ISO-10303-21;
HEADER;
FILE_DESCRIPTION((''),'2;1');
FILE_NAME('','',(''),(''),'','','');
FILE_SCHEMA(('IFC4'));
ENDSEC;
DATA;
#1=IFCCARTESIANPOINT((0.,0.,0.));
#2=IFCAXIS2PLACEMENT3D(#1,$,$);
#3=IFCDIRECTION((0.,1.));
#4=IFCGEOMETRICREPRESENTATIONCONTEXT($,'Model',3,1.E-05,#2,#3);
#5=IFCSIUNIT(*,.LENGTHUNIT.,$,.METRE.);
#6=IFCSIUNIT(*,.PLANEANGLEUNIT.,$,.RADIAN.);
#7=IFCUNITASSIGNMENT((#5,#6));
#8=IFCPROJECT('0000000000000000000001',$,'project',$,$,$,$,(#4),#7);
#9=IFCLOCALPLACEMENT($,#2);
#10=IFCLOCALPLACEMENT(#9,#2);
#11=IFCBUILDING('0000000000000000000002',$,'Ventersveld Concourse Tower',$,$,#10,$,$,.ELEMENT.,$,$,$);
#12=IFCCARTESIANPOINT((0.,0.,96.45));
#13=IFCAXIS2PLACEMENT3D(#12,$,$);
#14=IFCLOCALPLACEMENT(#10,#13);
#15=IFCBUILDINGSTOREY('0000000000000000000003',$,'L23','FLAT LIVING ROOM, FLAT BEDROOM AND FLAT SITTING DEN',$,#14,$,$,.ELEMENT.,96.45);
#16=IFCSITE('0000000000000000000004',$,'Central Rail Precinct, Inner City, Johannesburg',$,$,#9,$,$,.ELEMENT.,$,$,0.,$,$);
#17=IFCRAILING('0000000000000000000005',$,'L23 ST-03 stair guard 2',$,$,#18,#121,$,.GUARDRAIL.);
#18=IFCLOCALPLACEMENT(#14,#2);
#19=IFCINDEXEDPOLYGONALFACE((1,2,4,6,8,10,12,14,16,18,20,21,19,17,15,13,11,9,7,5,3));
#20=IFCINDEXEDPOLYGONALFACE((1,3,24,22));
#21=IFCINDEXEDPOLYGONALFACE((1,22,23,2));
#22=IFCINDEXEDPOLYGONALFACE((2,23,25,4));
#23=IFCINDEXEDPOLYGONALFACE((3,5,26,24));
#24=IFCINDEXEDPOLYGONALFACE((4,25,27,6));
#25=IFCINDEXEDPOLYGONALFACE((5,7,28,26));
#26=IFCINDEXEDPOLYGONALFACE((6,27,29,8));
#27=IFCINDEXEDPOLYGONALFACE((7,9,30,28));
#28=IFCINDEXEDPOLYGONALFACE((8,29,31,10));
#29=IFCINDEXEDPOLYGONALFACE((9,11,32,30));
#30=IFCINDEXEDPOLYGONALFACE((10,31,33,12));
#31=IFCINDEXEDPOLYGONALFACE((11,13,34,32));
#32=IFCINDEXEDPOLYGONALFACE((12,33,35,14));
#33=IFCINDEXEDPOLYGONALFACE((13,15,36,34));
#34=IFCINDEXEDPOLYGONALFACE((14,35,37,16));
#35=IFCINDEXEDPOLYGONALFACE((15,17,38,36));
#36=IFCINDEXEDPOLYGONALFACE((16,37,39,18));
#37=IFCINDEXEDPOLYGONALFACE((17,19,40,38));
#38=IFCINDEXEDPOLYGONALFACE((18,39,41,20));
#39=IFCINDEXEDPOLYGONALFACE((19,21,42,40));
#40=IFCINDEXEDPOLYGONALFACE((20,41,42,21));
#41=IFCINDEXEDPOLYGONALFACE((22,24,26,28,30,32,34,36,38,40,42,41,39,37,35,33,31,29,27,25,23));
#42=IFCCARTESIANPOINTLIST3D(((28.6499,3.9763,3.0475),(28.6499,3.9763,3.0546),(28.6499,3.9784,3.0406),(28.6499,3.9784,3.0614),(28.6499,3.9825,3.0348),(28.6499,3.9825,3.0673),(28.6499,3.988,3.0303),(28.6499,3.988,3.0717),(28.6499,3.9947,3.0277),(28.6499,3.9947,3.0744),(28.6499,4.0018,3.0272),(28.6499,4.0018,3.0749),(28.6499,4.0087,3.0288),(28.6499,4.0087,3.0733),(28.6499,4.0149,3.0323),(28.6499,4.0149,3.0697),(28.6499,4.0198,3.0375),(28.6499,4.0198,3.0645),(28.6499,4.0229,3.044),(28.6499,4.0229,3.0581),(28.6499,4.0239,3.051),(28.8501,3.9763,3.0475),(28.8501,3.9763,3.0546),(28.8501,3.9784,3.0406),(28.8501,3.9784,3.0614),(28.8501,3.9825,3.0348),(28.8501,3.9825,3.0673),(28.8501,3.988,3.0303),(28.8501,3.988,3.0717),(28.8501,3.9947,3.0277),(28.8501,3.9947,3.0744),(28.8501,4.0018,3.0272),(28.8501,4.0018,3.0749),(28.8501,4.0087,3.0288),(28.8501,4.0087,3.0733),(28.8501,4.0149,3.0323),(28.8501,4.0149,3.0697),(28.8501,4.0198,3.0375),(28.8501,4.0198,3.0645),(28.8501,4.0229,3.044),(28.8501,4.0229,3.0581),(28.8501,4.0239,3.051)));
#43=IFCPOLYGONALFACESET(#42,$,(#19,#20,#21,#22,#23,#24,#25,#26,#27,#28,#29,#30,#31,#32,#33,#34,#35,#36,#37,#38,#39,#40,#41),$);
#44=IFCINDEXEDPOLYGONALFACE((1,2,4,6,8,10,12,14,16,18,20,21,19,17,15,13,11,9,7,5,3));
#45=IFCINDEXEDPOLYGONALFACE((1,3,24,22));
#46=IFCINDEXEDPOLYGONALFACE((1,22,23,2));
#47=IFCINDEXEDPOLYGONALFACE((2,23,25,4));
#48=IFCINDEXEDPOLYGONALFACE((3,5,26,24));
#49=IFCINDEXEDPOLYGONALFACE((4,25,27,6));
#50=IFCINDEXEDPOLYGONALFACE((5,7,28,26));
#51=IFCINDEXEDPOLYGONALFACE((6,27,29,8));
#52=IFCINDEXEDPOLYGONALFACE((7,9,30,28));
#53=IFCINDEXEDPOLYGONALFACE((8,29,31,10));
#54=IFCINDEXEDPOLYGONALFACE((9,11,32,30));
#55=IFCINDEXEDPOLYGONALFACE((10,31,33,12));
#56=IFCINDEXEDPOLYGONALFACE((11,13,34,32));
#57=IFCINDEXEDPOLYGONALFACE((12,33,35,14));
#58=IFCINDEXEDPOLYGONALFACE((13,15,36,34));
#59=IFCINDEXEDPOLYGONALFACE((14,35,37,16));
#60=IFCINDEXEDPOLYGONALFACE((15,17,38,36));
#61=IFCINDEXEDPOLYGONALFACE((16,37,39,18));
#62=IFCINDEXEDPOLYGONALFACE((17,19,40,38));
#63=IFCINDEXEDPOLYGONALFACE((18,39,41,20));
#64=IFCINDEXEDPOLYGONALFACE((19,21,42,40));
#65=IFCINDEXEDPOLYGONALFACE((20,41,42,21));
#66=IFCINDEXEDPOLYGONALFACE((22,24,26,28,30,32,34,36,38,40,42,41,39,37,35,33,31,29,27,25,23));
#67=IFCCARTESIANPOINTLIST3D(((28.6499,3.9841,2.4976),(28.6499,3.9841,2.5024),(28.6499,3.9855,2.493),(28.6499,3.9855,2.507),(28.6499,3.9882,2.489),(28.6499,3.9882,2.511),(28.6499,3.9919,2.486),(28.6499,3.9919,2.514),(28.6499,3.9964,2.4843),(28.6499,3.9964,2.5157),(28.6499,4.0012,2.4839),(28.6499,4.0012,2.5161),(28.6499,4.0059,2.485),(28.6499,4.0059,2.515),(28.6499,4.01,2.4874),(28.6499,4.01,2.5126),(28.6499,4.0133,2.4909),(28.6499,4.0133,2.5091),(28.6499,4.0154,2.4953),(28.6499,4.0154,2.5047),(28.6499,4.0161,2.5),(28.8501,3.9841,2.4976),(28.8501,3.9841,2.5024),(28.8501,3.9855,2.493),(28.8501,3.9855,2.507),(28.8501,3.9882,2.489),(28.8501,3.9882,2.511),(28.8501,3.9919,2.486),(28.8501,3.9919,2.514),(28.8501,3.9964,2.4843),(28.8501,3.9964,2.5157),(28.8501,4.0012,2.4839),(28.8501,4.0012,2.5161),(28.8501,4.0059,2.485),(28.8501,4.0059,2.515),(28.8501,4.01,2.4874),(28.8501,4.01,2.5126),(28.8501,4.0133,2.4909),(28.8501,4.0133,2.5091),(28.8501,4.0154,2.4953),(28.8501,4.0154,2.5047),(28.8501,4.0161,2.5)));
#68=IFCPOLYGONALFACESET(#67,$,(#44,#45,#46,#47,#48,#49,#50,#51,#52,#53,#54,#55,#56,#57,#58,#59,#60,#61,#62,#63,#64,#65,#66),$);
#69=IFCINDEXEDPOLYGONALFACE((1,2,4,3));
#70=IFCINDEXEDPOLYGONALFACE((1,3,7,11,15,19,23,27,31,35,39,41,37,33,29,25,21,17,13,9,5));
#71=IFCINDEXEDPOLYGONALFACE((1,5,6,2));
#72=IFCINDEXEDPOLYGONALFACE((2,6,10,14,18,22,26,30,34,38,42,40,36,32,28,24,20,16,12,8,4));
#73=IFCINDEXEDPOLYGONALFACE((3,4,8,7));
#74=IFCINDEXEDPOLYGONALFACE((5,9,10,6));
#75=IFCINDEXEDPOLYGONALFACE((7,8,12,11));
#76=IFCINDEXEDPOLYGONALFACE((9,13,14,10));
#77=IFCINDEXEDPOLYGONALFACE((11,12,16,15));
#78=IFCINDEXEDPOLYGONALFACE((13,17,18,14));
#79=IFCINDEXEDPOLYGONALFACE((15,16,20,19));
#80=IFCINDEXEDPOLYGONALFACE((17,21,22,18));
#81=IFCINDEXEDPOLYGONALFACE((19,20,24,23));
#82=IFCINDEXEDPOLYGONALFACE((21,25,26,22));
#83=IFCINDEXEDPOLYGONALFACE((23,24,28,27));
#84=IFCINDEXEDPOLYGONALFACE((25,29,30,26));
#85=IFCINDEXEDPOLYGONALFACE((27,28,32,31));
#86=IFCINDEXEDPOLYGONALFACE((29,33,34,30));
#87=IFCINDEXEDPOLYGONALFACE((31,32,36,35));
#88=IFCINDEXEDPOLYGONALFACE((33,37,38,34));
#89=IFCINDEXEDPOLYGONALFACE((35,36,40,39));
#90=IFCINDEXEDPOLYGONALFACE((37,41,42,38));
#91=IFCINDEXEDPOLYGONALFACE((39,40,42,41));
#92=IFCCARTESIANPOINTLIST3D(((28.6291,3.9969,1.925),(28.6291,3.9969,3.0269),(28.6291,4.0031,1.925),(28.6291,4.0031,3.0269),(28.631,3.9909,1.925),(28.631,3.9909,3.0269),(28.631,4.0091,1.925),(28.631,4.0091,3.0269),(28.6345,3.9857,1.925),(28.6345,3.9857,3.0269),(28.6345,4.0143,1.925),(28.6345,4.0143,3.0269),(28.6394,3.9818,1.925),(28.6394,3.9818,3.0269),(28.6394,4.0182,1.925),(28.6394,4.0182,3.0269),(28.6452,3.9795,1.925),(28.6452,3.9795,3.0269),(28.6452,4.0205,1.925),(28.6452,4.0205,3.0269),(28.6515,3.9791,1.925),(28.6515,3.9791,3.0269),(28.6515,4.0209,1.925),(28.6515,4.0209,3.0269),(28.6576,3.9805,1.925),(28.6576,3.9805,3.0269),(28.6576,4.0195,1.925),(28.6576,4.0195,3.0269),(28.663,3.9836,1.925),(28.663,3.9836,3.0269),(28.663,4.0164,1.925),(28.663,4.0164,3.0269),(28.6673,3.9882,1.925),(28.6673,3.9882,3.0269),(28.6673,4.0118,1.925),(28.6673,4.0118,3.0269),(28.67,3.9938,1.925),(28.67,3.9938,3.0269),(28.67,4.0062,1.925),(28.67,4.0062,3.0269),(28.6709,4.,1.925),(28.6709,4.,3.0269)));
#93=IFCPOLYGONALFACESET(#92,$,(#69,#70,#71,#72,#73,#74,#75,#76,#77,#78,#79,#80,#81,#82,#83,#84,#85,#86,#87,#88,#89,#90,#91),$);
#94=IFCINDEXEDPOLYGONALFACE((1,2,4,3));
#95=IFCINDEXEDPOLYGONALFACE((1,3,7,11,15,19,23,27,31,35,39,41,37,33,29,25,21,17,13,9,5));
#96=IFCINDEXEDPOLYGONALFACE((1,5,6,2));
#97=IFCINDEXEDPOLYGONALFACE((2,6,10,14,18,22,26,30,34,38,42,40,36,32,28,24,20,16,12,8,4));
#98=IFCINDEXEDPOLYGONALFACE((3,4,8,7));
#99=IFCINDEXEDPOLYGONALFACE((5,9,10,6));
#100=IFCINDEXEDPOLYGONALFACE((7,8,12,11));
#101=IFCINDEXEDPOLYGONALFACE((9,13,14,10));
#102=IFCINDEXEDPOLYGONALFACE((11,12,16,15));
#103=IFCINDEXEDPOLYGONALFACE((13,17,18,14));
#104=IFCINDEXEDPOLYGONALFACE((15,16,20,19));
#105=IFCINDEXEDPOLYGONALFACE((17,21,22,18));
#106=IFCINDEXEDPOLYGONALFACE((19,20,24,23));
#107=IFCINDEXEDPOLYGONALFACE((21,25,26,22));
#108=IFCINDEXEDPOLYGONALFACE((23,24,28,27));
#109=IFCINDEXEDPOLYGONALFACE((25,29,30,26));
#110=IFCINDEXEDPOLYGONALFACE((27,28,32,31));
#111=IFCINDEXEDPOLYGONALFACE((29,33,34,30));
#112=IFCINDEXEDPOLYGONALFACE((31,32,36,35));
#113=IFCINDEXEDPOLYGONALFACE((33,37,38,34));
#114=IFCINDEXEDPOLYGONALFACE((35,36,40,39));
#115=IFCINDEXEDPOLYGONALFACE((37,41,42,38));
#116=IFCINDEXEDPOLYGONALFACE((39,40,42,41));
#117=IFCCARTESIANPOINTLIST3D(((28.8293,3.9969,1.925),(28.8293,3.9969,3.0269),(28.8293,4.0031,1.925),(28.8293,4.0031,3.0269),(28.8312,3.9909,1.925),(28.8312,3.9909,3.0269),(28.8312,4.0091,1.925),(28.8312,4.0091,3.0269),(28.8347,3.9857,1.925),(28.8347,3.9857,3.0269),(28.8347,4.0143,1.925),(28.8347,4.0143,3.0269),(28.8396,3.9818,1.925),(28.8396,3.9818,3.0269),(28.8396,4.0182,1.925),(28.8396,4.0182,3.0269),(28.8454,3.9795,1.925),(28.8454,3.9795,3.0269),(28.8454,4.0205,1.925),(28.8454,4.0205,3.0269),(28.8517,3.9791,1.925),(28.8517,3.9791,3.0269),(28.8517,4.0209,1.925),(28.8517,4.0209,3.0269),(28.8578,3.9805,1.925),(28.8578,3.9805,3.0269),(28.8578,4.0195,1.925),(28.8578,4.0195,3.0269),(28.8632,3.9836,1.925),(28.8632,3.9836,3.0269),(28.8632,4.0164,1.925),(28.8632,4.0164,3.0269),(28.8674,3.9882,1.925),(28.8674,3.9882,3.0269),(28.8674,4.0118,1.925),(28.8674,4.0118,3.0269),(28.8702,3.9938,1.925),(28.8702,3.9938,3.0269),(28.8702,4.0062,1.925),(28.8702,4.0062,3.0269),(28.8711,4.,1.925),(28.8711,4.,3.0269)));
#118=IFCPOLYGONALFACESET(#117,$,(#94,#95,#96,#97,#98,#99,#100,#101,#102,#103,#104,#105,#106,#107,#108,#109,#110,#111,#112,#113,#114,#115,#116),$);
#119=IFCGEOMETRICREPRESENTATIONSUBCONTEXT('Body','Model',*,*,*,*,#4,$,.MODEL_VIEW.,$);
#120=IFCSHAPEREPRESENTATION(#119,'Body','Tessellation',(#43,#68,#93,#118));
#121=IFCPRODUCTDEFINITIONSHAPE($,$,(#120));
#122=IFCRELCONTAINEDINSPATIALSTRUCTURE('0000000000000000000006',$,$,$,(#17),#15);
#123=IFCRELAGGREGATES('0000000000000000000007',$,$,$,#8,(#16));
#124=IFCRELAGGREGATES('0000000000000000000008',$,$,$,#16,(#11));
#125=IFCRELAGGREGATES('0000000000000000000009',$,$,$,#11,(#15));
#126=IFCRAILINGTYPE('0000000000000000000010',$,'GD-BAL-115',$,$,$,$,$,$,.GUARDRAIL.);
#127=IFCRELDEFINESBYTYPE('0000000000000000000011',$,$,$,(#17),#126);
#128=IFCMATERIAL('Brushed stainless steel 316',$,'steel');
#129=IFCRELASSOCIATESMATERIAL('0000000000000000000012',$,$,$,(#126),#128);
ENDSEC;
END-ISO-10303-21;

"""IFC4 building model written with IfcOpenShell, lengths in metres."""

from ifc_helpers import new_model, si_unit, direction, frame, origin, origin_2d, place, context, subcontext, project, spatial, circle, extrude, material, type_object, element, save


model = new_model("IFC4")

# Units and contexts
model_context = context("Model", 3, precision=1e-05, world=origin(), true_north=direction((0.0, 1.0)))
body_context = subcontext(model_context, "Body", "Model", "MODEL_VIEW")
ifc_project = project(units=[si_unit("LENGTHUNIT", "METRE"), si_unit("PLANEANGLEUNIT", "RADIAN")], contexts=[model_context])

# Site, building, storey
site_placement = place(None, origin())
site = spatial("IfcSite", under=ifc_project, at=site_placement, Name="Central Rail Precinct, Inner City, Johannesburg", CompositionType="ELEMENT", RefElevation=0.0)
building_placement = place(site_placement, origin())
building = spatial("IfcBuilding", under=site, at=building_placement, Name="Ventersveld Concourse Tower", CompositionType="ELEMENT")
storey_placement = place(building_placement, frame((0.0, 0.0, 96.45)))
storey = spatial("IfcBuildingStorey", under=building, at=storey_placement, Name="L23", Description="FLAT LIVING ROOM, FLAT BEDROOM AND FLAT SITTING DEN", CompositionType="ELEMENT", Elevation=96.45)

# Railing
ifc_material_1 = material(Name="Brushed stainless steel 316", Category="steel")
railing_type_1 = type_object("IfcRailingType", Name="GD-BAL-115", PredefinedType="GUARDRAIL", material=ifc_material_1)
railing_1_placement = place(storey_placement, frame((28.6499, 4.0, 1.925)))
element("IfcRailing", 1, at=railing_1_placement, inside=storey, type_object=railing_type_1, Name="L23 ST-03 stair guard 2", PredefinedType="GUARDRAIL", context=body_context, shape_type="SweptSolid", body=[
    extrude(circle(Radius=0.0239, at=origin_2d()), frame((0.0, 0.0, 1.126), z_axis=(1.0, 0.0, 0.0), x_axis=(0.0, 1.0, 0.0)), (0.0, 0.0, 1.0), 0.2002),
    extrude(circle(Radius=0.0161, at=origin_2d()), frame((0.0, 0.0, 0.575), z_axis=(1.0, 0.0, 0.0), x_axis=(0.0, 1.0, 0.0)), (0.0, 0.0, 1.0), 0.2002),
    extrude(circle(Radius=0.021, at=origin_2d()), origin(), (0.0, 0.0, 1.0), 1.1018),
    extrude(circle(Radius=0.021, at=origin_2d()), frame((0.2002, 0.0, 0.0)), (0.0, 0.0, 1.0), 1.1018),
])

save(model, "model.ifc")
